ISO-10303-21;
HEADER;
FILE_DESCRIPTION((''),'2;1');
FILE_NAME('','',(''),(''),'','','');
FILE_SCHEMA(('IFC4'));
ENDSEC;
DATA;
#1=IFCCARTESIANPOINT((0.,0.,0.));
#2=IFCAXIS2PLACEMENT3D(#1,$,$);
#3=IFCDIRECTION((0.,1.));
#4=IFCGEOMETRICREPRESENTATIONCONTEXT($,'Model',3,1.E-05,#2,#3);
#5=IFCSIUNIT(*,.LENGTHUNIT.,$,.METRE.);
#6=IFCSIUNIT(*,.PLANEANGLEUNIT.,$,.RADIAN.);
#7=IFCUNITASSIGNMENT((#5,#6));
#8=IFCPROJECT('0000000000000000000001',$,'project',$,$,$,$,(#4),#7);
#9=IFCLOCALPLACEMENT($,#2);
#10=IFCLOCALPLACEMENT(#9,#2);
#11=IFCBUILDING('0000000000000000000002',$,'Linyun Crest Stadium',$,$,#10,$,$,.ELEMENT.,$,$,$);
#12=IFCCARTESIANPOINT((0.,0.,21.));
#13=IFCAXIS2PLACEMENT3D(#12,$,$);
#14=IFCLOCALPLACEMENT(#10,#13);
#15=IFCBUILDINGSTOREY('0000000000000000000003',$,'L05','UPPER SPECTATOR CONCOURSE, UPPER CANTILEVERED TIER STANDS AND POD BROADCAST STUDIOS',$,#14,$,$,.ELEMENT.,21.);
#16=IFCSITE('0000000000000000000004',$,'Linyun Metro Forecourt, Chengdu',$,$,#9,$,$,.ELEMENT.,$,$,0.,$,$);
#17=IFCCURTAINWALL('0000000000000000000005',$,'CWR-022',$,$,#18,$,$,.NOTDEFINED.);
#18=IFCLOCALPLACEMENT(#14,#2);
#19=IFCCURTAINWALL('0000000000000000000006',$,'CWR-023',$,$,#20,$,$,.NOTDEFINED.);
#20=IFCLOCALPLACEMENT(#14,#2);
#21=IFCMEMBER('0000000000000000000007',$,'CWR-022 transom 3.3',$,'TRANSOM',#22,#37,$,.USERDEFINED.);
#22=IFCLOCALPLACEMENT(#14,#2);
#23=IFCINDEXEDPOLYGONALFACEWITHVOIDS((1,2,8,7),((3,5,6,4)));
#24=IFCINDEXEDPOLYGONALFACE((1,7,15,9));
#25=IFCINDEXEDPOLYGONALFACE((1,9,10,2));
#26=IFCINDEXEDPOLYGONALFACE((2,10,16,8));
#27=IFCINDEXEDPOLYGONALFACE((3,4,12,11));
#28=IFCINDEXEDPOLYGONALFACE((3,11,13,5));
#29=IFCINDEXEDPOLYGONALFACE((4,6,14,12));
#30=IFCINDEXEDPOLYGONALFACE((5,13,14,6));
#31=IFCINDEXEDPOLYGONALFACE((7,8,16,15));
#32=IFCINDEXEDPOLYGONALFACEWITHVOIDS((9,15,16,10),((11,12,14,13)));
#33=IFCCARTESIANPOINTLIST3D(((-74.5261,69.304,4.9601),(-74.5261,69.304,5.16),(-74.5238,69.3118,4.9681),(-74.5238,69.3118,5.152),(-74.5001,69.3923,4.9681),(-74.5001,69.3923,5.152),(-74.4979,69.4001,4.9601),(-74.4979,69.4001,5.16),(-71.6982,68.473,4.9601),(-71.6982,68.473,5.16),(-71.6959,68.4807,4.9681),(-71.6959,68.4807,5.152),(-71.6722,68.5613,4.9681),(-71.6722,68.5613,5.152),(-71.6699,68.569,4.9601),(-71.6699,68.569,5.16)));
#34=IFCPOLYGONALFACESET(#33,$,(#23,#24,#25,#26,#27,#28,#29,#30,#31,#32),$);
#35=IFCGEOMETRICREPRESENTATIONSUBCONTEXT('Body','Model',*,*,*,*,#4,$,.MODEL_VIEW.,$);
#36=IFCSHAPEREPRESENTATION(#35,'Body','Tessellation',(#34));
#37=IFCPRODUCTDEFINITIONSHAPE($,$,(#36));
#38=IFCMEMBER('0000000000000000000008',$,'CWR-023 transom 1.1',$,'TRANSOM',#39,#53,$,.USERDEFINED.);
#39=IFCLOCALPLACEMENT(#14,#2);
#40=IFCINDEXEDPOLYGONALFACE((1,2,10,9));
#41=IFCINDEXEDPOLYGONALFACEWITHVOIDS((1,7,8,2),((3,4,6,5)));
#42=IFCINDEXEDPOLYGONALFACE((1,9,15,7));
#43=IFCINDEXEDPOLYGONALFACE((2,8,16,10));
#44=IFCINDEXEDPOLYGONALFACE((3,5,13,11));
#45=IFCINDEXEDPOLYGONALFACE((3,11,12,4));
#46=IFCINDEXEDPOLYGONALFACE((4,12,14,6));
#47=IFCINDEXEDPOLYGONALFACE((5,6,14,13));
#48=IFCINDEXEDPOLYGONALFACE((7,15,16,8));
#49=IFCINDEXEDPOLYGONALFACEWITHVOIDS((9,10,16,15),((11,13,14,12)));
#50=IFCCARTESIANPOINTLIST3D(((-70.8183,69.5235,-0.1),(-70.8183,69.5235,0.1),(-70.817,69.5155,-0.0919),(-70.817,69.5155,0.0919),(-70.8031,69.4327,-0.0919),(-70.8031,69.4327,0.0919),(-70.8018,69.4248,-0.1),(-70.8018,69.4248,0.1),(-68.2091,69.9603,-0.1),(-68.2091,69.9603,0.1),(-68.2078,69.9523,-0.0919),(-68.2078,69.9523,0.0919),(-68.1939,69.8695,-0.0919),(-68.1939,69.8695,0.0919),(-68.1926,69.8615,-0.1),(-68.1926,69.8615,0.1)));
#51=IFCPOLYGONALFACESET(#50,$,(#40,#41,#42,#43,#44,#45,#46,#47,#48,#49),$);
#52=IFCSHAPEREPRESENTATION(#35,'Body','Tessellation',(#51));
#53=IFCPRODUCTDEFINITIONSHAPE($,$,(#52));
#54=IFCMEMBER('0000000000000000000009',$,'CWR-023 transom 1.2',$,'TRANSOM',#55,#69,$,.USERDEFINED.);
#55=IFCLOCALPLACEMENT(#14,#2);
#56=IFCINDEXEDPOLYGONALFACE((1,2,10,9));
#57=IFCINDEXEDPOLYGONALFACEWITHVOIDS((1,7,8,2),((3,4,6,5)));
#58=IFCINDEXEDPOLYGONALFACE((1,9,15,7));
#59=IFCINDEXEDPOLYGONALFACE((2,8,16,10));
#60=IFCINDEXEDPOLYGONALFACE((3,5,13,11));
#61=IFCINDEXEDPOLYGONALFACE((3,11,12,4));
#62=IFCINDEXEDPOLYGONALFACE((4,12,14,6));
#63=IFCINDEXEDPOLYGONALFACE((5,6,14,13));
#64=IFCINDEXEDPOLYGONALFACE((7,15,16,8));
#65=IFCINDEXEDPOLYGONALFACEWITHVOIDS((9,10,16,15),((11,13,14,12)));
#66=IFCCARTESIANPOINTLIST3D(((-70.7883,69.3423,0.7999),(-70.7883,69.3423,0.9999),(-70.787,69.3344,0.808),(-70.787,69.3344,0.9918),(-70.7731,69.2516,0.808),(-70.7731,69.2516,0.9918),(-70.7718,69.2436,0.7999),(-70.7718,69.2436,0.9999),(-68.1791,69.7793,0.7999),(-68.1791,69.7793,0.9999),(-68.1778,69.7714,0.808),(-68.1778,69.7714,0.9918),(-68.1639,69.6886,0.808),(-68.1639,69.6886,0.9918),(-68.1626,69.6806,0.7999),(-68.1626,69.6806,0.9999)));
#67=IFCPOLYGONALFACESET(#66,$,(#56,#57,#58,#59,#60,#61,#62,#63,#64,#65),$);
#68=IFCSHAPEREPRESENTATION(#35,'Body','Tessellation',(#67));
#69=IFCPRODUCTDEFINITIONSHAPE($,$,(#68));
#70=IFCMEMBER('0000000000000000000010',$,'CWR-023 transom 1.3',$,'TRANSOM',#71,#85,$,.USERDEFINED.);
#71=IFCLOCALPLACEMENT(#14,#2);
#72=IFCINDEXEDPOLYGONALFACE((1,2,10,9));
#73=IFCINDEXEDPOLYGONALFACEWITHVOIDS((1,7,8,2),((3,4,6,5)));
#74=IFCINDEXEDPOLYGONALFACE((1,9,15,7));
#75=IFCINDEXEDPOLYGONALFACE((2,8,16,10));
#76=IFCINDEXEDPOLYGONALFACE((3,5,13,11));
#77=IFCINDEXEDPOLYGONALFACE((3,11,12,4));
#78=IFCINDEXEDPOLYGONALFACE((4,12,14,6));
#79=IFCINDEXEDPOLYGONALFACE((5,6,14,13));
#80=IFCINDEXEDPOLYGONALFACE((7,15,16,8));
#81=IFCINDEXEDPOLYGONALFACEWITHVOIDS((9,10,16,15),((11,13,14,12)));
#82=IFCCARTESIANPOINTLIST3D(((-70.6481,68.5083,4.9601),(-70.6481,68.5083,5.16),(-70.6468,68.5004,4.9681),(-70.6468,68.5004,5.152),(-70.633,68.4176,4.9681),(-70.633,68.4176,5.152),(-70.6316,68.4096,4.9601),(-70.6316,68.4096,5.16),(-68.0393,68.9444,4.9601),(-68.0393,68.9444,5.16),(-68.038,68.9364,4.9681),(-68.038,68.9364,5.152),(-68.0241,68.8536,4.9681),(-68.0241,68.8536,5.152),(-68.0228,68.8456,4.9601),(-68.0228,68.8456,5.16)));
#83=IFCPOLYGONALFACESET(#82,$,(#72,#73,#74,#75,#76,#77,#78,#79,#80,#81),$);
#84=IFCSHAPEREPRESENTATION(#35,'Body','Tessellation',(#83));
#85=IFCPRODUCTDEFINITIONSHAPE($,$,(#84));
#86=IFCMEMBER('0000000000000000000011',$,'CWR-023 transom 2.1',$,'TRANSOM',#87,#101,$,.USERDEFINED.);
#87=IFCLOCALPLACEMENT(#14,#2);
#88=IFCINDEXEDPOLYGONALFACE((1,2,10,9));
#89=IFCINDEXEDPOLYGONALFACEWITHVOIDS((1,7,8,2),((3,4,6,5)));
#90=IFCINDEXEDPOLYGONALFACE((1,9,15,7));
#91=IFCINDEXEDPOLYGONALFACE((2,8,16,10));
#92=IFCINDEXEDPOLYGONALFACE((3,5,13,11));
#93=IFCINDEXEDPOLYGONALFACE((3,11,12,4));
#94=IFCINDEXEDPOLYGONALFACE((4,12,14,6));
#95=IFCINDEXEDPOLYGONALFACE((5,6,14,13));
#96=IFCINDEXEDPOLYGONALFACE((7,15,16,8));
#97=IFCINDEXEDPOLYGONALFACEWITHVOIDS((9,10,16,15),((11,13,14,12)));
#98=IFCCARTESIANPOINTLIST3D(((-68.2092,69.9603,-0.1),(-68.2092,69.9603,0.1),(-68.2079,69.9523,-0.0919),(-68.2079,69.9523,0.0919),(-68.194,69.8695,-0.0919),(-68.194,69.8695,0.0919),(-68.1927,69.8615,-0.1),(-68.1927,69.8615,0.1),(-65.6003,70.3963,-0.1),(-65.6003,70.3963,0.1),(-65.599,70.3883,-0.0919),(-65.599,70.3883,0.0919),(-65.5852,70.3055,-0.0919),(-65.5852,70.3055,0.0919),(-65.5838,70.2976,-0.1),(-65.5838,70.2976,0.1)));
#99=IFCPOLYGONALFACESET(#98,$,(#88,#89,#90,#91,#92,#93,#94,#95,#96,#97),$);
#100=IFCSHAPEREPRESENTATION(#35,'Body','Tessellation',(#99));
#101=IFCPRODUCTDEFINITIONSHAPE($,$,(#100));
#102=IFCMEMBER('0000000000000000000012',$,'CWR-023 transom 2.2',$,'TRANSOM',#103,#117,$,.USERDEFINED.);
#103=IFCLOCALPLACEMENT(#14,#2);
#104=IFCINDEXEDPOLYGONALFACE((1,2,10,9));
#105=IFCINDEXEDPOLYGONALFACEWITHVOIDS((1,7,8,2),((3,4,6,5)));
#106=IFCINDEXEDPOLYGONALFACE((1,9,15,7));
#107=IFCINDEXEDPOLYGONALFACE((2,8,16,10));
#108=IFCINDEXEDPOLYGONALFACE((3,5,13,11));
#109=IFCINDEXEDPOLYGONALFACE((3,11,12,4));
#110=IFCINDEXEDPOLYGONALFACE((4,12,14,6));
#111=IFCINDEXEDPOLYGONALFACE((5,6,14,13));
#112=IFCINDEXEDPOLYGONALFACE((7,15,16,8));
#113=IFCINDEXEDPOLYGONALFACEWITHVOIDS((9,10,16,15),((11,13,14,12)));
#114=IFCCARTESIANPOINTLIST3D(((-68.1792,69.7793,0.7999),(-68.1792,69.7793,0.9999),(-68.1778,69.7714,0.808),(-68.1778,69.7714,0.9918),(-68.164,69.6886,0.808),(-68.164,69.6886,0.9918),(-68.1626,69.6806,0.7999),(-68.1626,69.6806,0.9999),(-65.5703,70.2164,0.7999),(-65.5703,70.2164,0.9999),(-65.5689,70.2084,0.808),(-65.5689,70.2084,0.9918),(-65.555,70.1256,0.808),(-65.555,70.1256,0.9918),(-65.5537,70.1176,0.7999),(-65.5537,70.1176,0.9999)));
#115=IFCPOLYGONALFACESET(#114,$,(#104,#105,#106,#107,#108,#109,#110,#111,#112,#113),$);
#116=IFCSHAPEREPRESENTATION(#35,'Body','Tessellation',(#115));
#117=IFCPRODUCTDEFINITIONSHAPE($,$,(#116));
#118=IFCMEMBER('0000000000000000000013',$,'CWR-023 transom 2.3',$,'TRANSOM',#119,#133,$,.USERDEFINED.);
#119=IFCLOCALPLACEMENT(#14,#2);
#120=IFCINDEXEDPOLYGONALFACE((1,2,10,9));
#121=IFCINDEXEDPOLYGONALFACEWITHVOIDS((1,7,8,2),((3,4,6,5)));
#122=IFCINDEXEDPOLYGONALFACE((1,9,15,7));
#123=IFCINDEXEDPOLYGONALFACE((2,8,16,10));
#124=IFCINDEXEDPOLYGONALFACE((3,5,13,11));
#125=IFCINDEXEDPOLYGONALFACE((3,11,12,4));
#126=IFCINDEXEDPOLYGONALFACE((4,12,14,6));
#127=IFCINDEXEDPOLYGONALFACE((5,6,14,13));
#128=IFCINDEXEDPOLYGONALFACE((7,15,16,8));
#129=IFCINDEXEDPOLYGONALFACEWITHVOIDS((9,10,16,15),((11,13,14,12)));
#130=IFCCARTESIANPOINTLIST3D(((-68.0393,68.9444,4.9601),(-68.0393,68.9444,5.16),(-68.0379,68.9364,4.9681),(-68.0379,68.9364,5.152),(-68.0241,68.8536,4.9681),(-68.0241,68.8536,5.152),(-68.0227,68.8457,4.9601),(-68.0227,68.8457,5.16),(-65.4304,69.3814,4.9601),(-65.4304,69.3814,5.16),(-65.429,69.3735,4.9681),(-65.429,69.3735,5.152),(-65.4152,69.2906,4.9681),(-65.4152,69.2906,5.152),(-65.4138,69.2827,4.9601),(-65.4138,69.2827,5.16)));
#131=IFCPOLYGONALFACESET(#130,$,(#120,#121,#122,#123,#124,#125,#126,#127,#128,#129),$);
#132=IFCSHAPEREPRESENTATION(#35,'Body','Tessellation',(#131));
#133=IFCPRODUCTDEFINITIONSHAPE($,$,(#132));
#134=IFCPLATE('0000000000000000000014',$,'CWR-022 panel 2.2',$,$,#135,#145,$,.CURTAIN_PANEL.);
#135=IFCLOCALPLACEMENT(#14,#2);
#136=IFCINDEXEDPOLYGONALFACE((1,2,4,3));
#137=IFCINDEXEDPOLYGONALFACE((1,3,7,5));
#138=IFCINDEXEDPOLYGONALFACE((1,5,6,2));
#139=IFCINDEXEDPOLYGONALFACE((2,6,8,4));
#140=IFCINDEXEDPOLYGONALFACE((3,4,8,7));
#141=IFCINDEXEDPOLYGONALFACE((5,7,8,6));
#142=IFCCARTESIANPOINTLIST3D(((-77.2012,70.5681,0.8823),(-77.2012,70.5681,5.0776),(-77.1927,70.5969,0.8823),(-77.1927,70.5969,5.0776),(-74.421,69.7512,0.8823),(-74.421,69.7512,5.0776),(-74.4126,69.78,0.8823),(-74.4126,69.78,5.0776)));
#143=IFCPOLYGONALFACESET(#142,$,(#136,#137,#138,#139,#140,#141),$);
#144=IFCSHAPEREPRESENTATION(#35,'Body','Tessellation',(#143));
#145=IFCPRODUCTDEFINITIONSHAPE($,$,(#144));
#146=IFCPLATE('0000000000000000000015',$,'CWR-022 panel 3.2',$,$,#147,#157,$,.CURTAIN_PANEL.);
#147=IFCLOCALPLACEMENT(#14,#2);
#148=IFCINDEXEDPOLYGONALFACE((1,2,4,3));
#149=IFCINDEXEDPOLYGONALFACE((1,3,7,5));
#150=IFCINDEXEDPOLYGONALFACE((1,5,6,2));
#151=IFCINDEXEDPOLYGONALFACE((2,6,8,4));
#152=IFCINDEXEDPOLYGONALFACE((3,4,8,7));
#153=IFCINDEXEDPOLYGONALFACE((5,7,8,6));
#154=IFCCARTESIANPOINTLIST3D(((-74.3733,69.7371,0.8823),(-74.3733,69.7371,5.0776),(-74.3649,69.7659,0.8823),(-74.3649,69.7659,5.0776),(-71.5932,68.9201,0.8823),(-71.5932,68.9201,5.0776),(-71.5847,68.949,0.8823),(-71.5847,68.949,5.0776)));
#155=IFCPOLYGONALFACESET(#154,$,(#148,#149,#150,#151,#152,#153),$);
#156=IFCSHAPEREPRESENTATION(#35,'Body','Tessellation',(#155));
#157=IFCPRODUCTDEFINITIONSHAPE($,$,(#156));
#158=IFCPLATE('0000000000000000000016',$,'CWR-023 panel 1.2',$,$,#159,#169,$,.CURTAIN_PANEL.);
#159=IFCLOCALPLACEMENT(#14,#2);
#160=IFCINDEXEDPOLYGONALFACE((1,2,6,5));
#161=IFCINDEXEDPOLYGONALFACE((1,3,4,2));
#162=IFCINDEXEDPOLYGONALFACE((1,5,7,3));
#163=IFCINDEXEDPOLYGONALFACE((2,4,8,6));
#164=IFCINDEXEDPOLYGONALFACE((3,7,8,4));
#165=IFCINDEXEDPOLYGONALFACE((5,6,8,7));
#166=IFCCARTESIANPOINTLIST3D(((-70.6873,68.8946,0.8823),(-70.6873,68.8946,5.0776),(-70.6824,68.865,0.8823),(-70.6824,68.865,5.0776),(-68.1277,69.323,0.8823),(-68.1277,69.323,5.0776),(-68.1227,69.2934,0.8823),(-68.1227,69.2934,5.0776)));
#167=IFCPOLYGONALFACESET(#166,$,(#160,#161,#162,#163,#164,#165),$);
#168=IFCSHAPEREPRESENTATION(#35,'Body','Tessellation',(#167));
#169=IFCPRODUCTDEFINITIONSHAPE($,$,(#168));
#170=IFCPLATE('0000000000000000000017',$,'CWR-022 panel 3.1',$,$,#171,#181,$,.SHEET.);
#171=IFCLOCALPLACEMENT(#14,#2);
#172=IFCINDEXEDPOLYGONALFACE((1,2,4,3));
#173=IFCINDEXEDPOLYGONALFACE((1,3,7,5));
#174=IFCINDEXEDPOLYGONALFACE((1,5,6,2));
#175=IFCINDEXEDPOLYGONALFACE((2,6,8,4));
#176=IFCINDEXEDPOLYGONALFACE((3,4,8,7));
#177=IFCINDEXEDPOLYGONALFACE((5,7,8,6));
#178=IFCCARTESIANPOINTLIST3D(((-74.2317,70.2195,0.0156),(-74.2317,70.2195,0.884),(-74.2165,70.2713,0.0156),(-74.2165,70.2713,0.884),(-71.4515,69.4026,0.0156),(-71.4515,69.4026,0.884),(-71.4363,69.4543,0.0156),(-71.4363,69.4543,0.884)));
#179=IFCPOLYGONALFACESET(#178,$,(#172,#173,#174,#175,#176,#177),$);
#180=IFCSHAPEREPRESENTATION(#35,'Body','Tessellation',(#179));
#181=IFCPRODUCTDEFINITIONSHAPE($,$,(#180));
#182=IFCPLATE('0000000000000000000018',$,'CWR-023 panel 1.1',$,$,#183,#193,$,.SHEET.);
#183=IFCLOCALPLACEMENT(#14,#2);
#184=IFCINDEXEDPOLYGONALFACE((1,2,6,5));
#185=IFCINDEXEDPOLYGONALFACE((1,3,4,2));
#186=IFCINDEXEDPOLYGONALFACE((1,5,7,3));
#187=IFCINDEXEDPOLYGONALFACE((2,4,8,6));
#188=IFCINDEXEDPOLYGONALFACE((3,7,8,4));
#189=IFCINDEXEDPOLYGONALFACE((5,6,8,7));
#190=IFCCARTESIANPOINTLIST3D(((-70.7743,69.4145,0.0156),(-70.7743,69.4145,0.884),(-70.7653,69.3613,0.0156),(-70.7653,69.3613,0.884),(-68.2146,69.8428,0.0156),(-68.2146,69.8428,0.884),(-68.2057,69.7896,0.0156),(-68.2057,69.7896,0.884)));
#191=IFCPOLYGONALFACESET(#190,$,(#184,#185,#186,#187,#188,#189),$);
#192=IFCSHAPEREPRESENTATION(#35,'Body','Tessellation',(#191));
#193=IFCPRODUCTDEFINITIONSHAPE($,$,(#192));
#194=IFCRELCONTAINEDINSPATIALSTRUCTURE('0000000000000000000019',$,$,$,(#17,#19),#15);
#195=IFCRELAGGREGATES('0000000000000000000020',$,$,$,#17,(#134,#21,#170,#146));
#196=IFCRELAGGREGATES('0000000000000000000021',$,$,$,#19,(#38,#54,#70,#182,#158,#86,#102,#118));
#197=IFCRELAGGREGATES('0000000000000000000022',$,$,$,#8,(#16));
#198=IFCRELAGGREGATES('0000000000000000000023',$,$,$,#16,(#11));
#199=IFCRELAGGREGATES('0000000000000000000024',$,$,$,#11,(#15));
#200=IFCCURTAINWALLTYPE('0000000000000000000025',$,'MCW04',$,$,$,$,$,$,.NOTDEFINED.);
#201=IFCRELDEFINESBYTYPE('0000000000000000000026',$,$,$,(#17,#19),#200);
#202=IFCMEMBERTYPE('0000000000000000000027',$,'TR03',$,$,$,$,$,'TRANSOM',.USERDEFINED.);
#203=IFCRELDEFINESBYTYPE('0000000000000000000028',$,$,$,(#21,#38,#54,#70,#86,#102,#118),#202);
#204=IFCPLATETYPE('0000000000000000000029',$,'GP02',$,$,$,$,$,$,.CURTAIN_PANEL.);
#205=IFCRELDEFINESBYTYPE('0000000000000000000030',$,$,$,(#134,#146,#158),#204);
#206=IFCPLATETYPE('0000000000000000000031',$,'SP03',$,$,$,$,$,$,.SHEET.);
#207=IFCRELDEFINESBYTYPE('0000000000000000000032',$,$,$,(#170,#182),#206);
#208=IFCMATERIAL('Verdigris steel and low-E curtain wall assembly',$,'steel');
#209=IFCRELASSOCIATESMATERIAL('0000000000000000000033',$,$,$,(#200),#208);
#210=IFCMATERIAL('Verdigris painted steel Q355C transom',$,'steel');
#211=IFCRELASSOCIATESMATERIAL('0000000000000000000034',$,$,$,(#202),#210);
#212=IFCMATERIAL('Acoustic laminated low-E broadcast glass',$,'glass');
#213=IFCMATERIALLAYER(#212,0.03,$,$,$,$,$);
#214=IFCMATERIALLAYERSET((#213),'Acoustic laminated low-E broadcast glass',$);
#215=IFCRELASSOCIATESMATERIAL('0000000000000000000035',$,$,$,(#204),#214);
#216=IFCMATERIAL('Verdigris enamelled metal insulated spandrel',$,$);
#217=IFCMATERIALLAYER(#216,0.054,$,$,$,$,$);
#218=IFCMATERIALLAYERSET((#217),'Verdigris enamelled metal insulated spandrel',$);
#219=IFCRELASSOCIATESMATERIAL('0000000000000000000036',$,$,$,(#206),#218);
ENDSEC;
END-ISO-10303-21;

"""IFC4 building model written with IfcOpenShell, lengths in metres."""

from ifc_helpers import new_model, si_unit, direction, frame, origin, origin_2d, place, context, subcontext, project, spatial, rectangle, hollow_rectangle, extrude, material, layer, layer_set, material_profile, profile_set, type_object, element, aggregate, save


model = new_model("IFC4")

# Units and contexts
model_context = context("Model", 3, precision=1e-05, world=origin(), true_north=direction((0.0, 1.0)))
body_context = subcontext(model_context, "Body", "Model", "MODEL_VIEW")
ifc_project = project(units=[si_unit("LENGTHUNIT", "METRE"), si_unit("PLANEANGLEUNIT", "RADIAN")], contexts=[model_context])

# Site, building, storey
site_placement = place(None, origin())
site = spatial("IfcSite", under=ifc_project, at=site_placement, Name="Linyun Metro Forecourt, Chengdu", CompositionType="ELEMENT", RefElevation=0.0)
building_placement = place(site_placement, origin())
building = spatial("IfcBuilding", under=site, at=building_placement, Name="Linyun Crest Stadium", CompositionType="ELEMENT")
storey_placement = place(building_placement, frame((0.0, 0.0, 21.0)))
storey = spatial("IfcBuildingStorey", under=building, at=storey_placement, Name="L05", Description="UPPER SPECTATOR CONCOURSE, UPPER CANTILEVERED TIER STANDS AND POD BROADCAST STUDIOS", CompositionType="ELEMENT", Elevation=21.0)

# Curtain wall
ifc_material_1 = material(Name="Verdigris steel and low-E curtain wall assembly", Category="steel")
curtain_wall_type = type_object("IfcCurtainWallType", Name="MCW04", PredefinedType="NOTDEFINED", material=ifc_material_1)
curtain_wall_1_placement = place(storey_placement, origin())
curtain_wall_1 = element("IfcCurtainWall", 1, at=curtain_wall_1_placement, inside=storey, type_object=curtain_wall_type, Name="CWR-022", PredefinedType="NOTDEFINED")

# Curtain wall
curtain_wall_2_placement = place(storey_placement, origin())
curtain_wall_2 = element("IfcCurtainWall", 2, at=curtain_wall_2_placement, inside=storey, type_object=curtain_wall_type, Name="CWR-023", PredefinedType="NOTDEFINED")

# Members
ifc_material_2 = material(Name="Verdigris painted steel Q355C transom", Category="steel")
ifc_material_profile_1 = material_profile(ifc_material_2, hollow_rectangle(XDim=0.1001, YDim=0.2, WallThickness=0.0081, at=origin_2d()), Name="RHS 200x100x8")
ifc_profile_set_1 = profile_set([ifc_material_profile_1], Name="Verdigris painted steel Q355C transom")
member_type_1 = type_object("IfcMemberType", Name="TR03", ElementType="TRANSOM", PredefinedType="USERDEFINED", material=ifc_profile_set_1)
member_1_placement = place(storey_placement, frame((-74.512, 69.3521, 5.0601), z_axis=(0.959427, -0.281956, 0.0), x_axis=(0.281956, 0.959427, 0.0)))
member_1 = element("IfcMember", 3, at=member_1_placement, type_object=member_type_1, Name="CWR-022 transom 3.3", ObjectType="TRANSOM", PredefinedType="USERDEFINED", context=body_context, shape_type="SweptSolid", body=[
    extrude(hollow_rectangle(XDim=0.1001, YDim=0.2, WallThickness=0.0081, at=origin_2d()), origin(), (0.0, 0.0, 1.0), 2.9475),
])
member_2_placement = place(storey_placement, frame((-70.8101, 69.4741, 0.0), z_axis=(0.986276, 0.165102, 0.0), x_axis=(-0.165102, 0.986276, 0.0)))
member_2 = element("IfcMember", 4, at=member_2_placement, type_object=member_type_1, Name="CWR-023 transom 1.1", ObjectType="TRANSOM", PredefinedType="USERDEFINED", context=body_context, shape_type="SweptSolid", body=[
    extrude(hollow_rectangle(XDim=0.1001, YDim=0.2, WallThickness=0.0081, at=origin_2d()), origin(), (0.0, 0.0, 1.0), 2.6455),
])
member_3_placement = place(storey_placement, frame((-70.78, 69.293, 0.8999), z_axis=(0.986261, 0.165192, 0.0), x_axis=(-0.165192, 0.986261, 0.0)))
member_3 = element("IfcMember", 5, at=member_3_placement, type_object=member_type_1, Name="CWR-023 transom 1.2", ObjectType="TRANSOM", PredefinedType="USERDEFINED", context=body_context, shape_type="SweptSolid", body=[
    extrude(hollow_rectangle(XDim=0.1001, YDim=0.2, WallThickness=0.0081, at=origin_2d()), origin(), (0.0, 0.0, 1.0), 2.6455),
])
member_4_placement = place(storey_placement, frame((-70.6399, 68.459, 5.0601), z_axis=(0.986319, 0.164848, 0.0), x_axis=(-0.164848, 0.986319, 0.0)))
member_4 = element("IfcMember", 6, at=member_4_placement, type_object=member_type_1, Name="CWR-023 transom 1.3", ObjectType="TRANSOM", PredefinedType="USERDEFINED", context=body_context, shape_type="SweptSolid", body=[
    extrude(hollow_rectangle(XDim=0.1001, YDim=0.2, WallThickness=0.0081, at=origin_2d()), origin(), (0.0, 0.0, 1.0), 2.645),
])
member_5_placement = place(storey_placement, frame((-68.2009, 69.9109, 0.0), z_axis=(0.986319, 0.164848, 0.0), x_axis=(-0.164848, 0.986319, 0.0)))
member_5 = element("IfcMember", 7, at=member_5_placement, type_object=member_type_1, Name="CWR-023 transom 2.1", ObjectType="TRANSOM", PredefinedType="USERDEFINED", context=body_context, shape_type="SweptSolid", body=[
    extrude(hollow_rectangle(XDim=0.1001, YDim=0.2, WallThickness=0.0081, at=origin_2d()), origin(), (0.0, 0.0, 1.0), 2.645),
])
member_6_placement = place(storey_placement, frame((-68.1709, 69.73, 0.8999), z_axis=(0.986259, 0.165207, 0.0), x_axis=(-0.165207, 0.986259, 0.0)))
member_6 = element("IfcMember", 8, at=member_6_placement, type_object=member_type_1, Name="CWR-023 transom 2.2", ObjectType="TRANSOM", PredefinedType="USERDEFINED", context=body_context, shape_type="SweptSolid", body=[
    extrude(hollow_rectangle(XDim=0.1001, YDim=0.2, WallThickness=0.0081, at=origin_2d()), origin(), (0.0, 0.0, 1.0), 2.6453),
])
member_7_placement = place(storey_placement, frame((-68.031, 68.895, 5.0601), z_axis=(0.986259, 0.165207, 0.0), x_axis=(-0.165207, 0.986259, 0.0)))
member_7 = element("IfcMember", 9, at=member_7_placement, type_object=member_type_1, Name="CWR-023 transom 2.3", ObjectType="TRANSOM", PredefinedType="USERDEFINED", context=body_context, shape_type="SweptSolid", body=[
    extrude(hollow_rectangle(XDim=0.1001, YDim=0.2, WallThickness=0.0081, at=origin_2d()), origin(), (0.0, 0.0, 1.0), 2.6453),
])

# Plates
ifc_material_3 = material(Name="Acoustic laminated low-E broadcast glass", Category="glass")
ifc_layer_1 = layer(ifc_material_3, 0.03)
ifc_layer_set_1 = layer_set([ifc_layer_1], Name="Acoustic laminated low-E broadcast glass")
plate_type_1 = type_object("IfcPlateType", Name="GP02", PredefinedType="CURTAIN_PANEL", material=ifc_layer_set_1)
plate_1_placement = place(storey_placement, frame((-75.8069, 70.1741, 0.8823), z_axis=(0.0, 0.0, 1.0), x_axis=(0.959437, -0.281923, 0.0)))
plate_1 = element("IfcPlate", 10, at=plate_1_placement, type_object=plate_type_1, Name="CWR-022 panel 2.2", PredefinedType="CURTAIN_PANEL", context=body_context, shape_type="SweptSolid", body=[
    extrude(rectangle(XDim=2.8977, YDim=0.03, at=origin_2d()), origin(), (0.0, 0.0, 1.0), 4.1953),
])
plate_2_placement = place(storey_placement, frame((-72.979, 69.343, 0.8823), z_axis=(0.0, 0.0, 1.0), x_axis=(0.959437, -0.281923, 0.0)))
plate_2 = element("IfcPlate", 11, at=plate_2_placement, type_object=plate_type_1, Name="CWR-022 panel 3.2", PredefinedType="CURTAIN_PANEL", context=body_context, shape_type="SweptSolid", body=[
    extrude(rectangle(XDim=2.8977, YDim=0.03, at=origin_2d()), origin(), (0.0, 0.0, 1.0), 4.1953),
])
plate_3_placement = place(storey_placement, frame((-69.405, 69.094, 0.8823), z_axis=(0.0, 0.0, 1.0), x_axis=(0.986283, 0.165065, 0.0)))
plate_3 = element("IfcPlate", 12, at=plate_3_placement, type_object=plate_type_1, Name="CWR-023 panel 1.2", PredefinedType="CURTAIN_PANEL", context=body_context, shape_type="SweptSolid", body=[
    extrude(rectangle(XDim=2.5952, YDim=0.03, at=origin_2d()), origin(), (0.0, 0.0, 1.0), 4.1953),
])
ifc_material_4 = material(Name="Verdigris enamelled metal insulated spandrel")
ifc_layer_2 = layer(ifc_material_4, 0.054)
ifc_layer_set_2 = layer_set([ifc_layer_2], Name="Verdigris enamelled metal insulated spandrel")
plate_type_2 = type_object("IfcPlateType", Name="SP03", PredefinedType="SHEET", material=ifc_layer_set_2)
plate_4_placement = place(storey_placement, frame((-72.834, 69.8369, 0.0156), z_axis=(0.0, 0.0, 1.0), x_axis=(0.959437, -0.281923, 0.0)))
plate_4 = element("IfcPlate", 13, at=plate_4_placement, type_object=plate_type_2, Name="CWR-022 panel 3.1", PredefinedType="SHEET", context=body_context, shape_type="SweptSolid", body=[
    extrude(rectangle(XDim=2.8977, YDim=0.054, at=origin_2d()), origin(), (0.0, 0.0, 1.0), 0.8684),
])
aggregate(curtain_wall_1, [plate_1, member_1, plate_4, plate_2])
plate_5_placement = place(storey_placement, frame((-69.49, 69.6021, 0.0156), z_axis=(0.0, 0.0, 1.0), x_axis=(0.986283, 0.165065, 0.0)))
plate_5 = element("IfcPlate", 14, at=plate_5_placement, type_object=plate_type_2, Name="CWR-023 panel 1.1", PredefinedType="SHEET", context=body_context, shape_type="SweptSolid", body=[
    extrude(rectangle(XDim=2.5952, YDim=0.054, at=origin_2d()), origin(), (0.0, 0.0, 1.0), 0.8684),
])
aggregate(curtain_wall_2, [member_2, member_3, member_4, plate_5, plate_3, member_5, member_6, member_7])

save(model, "model.ifc")
